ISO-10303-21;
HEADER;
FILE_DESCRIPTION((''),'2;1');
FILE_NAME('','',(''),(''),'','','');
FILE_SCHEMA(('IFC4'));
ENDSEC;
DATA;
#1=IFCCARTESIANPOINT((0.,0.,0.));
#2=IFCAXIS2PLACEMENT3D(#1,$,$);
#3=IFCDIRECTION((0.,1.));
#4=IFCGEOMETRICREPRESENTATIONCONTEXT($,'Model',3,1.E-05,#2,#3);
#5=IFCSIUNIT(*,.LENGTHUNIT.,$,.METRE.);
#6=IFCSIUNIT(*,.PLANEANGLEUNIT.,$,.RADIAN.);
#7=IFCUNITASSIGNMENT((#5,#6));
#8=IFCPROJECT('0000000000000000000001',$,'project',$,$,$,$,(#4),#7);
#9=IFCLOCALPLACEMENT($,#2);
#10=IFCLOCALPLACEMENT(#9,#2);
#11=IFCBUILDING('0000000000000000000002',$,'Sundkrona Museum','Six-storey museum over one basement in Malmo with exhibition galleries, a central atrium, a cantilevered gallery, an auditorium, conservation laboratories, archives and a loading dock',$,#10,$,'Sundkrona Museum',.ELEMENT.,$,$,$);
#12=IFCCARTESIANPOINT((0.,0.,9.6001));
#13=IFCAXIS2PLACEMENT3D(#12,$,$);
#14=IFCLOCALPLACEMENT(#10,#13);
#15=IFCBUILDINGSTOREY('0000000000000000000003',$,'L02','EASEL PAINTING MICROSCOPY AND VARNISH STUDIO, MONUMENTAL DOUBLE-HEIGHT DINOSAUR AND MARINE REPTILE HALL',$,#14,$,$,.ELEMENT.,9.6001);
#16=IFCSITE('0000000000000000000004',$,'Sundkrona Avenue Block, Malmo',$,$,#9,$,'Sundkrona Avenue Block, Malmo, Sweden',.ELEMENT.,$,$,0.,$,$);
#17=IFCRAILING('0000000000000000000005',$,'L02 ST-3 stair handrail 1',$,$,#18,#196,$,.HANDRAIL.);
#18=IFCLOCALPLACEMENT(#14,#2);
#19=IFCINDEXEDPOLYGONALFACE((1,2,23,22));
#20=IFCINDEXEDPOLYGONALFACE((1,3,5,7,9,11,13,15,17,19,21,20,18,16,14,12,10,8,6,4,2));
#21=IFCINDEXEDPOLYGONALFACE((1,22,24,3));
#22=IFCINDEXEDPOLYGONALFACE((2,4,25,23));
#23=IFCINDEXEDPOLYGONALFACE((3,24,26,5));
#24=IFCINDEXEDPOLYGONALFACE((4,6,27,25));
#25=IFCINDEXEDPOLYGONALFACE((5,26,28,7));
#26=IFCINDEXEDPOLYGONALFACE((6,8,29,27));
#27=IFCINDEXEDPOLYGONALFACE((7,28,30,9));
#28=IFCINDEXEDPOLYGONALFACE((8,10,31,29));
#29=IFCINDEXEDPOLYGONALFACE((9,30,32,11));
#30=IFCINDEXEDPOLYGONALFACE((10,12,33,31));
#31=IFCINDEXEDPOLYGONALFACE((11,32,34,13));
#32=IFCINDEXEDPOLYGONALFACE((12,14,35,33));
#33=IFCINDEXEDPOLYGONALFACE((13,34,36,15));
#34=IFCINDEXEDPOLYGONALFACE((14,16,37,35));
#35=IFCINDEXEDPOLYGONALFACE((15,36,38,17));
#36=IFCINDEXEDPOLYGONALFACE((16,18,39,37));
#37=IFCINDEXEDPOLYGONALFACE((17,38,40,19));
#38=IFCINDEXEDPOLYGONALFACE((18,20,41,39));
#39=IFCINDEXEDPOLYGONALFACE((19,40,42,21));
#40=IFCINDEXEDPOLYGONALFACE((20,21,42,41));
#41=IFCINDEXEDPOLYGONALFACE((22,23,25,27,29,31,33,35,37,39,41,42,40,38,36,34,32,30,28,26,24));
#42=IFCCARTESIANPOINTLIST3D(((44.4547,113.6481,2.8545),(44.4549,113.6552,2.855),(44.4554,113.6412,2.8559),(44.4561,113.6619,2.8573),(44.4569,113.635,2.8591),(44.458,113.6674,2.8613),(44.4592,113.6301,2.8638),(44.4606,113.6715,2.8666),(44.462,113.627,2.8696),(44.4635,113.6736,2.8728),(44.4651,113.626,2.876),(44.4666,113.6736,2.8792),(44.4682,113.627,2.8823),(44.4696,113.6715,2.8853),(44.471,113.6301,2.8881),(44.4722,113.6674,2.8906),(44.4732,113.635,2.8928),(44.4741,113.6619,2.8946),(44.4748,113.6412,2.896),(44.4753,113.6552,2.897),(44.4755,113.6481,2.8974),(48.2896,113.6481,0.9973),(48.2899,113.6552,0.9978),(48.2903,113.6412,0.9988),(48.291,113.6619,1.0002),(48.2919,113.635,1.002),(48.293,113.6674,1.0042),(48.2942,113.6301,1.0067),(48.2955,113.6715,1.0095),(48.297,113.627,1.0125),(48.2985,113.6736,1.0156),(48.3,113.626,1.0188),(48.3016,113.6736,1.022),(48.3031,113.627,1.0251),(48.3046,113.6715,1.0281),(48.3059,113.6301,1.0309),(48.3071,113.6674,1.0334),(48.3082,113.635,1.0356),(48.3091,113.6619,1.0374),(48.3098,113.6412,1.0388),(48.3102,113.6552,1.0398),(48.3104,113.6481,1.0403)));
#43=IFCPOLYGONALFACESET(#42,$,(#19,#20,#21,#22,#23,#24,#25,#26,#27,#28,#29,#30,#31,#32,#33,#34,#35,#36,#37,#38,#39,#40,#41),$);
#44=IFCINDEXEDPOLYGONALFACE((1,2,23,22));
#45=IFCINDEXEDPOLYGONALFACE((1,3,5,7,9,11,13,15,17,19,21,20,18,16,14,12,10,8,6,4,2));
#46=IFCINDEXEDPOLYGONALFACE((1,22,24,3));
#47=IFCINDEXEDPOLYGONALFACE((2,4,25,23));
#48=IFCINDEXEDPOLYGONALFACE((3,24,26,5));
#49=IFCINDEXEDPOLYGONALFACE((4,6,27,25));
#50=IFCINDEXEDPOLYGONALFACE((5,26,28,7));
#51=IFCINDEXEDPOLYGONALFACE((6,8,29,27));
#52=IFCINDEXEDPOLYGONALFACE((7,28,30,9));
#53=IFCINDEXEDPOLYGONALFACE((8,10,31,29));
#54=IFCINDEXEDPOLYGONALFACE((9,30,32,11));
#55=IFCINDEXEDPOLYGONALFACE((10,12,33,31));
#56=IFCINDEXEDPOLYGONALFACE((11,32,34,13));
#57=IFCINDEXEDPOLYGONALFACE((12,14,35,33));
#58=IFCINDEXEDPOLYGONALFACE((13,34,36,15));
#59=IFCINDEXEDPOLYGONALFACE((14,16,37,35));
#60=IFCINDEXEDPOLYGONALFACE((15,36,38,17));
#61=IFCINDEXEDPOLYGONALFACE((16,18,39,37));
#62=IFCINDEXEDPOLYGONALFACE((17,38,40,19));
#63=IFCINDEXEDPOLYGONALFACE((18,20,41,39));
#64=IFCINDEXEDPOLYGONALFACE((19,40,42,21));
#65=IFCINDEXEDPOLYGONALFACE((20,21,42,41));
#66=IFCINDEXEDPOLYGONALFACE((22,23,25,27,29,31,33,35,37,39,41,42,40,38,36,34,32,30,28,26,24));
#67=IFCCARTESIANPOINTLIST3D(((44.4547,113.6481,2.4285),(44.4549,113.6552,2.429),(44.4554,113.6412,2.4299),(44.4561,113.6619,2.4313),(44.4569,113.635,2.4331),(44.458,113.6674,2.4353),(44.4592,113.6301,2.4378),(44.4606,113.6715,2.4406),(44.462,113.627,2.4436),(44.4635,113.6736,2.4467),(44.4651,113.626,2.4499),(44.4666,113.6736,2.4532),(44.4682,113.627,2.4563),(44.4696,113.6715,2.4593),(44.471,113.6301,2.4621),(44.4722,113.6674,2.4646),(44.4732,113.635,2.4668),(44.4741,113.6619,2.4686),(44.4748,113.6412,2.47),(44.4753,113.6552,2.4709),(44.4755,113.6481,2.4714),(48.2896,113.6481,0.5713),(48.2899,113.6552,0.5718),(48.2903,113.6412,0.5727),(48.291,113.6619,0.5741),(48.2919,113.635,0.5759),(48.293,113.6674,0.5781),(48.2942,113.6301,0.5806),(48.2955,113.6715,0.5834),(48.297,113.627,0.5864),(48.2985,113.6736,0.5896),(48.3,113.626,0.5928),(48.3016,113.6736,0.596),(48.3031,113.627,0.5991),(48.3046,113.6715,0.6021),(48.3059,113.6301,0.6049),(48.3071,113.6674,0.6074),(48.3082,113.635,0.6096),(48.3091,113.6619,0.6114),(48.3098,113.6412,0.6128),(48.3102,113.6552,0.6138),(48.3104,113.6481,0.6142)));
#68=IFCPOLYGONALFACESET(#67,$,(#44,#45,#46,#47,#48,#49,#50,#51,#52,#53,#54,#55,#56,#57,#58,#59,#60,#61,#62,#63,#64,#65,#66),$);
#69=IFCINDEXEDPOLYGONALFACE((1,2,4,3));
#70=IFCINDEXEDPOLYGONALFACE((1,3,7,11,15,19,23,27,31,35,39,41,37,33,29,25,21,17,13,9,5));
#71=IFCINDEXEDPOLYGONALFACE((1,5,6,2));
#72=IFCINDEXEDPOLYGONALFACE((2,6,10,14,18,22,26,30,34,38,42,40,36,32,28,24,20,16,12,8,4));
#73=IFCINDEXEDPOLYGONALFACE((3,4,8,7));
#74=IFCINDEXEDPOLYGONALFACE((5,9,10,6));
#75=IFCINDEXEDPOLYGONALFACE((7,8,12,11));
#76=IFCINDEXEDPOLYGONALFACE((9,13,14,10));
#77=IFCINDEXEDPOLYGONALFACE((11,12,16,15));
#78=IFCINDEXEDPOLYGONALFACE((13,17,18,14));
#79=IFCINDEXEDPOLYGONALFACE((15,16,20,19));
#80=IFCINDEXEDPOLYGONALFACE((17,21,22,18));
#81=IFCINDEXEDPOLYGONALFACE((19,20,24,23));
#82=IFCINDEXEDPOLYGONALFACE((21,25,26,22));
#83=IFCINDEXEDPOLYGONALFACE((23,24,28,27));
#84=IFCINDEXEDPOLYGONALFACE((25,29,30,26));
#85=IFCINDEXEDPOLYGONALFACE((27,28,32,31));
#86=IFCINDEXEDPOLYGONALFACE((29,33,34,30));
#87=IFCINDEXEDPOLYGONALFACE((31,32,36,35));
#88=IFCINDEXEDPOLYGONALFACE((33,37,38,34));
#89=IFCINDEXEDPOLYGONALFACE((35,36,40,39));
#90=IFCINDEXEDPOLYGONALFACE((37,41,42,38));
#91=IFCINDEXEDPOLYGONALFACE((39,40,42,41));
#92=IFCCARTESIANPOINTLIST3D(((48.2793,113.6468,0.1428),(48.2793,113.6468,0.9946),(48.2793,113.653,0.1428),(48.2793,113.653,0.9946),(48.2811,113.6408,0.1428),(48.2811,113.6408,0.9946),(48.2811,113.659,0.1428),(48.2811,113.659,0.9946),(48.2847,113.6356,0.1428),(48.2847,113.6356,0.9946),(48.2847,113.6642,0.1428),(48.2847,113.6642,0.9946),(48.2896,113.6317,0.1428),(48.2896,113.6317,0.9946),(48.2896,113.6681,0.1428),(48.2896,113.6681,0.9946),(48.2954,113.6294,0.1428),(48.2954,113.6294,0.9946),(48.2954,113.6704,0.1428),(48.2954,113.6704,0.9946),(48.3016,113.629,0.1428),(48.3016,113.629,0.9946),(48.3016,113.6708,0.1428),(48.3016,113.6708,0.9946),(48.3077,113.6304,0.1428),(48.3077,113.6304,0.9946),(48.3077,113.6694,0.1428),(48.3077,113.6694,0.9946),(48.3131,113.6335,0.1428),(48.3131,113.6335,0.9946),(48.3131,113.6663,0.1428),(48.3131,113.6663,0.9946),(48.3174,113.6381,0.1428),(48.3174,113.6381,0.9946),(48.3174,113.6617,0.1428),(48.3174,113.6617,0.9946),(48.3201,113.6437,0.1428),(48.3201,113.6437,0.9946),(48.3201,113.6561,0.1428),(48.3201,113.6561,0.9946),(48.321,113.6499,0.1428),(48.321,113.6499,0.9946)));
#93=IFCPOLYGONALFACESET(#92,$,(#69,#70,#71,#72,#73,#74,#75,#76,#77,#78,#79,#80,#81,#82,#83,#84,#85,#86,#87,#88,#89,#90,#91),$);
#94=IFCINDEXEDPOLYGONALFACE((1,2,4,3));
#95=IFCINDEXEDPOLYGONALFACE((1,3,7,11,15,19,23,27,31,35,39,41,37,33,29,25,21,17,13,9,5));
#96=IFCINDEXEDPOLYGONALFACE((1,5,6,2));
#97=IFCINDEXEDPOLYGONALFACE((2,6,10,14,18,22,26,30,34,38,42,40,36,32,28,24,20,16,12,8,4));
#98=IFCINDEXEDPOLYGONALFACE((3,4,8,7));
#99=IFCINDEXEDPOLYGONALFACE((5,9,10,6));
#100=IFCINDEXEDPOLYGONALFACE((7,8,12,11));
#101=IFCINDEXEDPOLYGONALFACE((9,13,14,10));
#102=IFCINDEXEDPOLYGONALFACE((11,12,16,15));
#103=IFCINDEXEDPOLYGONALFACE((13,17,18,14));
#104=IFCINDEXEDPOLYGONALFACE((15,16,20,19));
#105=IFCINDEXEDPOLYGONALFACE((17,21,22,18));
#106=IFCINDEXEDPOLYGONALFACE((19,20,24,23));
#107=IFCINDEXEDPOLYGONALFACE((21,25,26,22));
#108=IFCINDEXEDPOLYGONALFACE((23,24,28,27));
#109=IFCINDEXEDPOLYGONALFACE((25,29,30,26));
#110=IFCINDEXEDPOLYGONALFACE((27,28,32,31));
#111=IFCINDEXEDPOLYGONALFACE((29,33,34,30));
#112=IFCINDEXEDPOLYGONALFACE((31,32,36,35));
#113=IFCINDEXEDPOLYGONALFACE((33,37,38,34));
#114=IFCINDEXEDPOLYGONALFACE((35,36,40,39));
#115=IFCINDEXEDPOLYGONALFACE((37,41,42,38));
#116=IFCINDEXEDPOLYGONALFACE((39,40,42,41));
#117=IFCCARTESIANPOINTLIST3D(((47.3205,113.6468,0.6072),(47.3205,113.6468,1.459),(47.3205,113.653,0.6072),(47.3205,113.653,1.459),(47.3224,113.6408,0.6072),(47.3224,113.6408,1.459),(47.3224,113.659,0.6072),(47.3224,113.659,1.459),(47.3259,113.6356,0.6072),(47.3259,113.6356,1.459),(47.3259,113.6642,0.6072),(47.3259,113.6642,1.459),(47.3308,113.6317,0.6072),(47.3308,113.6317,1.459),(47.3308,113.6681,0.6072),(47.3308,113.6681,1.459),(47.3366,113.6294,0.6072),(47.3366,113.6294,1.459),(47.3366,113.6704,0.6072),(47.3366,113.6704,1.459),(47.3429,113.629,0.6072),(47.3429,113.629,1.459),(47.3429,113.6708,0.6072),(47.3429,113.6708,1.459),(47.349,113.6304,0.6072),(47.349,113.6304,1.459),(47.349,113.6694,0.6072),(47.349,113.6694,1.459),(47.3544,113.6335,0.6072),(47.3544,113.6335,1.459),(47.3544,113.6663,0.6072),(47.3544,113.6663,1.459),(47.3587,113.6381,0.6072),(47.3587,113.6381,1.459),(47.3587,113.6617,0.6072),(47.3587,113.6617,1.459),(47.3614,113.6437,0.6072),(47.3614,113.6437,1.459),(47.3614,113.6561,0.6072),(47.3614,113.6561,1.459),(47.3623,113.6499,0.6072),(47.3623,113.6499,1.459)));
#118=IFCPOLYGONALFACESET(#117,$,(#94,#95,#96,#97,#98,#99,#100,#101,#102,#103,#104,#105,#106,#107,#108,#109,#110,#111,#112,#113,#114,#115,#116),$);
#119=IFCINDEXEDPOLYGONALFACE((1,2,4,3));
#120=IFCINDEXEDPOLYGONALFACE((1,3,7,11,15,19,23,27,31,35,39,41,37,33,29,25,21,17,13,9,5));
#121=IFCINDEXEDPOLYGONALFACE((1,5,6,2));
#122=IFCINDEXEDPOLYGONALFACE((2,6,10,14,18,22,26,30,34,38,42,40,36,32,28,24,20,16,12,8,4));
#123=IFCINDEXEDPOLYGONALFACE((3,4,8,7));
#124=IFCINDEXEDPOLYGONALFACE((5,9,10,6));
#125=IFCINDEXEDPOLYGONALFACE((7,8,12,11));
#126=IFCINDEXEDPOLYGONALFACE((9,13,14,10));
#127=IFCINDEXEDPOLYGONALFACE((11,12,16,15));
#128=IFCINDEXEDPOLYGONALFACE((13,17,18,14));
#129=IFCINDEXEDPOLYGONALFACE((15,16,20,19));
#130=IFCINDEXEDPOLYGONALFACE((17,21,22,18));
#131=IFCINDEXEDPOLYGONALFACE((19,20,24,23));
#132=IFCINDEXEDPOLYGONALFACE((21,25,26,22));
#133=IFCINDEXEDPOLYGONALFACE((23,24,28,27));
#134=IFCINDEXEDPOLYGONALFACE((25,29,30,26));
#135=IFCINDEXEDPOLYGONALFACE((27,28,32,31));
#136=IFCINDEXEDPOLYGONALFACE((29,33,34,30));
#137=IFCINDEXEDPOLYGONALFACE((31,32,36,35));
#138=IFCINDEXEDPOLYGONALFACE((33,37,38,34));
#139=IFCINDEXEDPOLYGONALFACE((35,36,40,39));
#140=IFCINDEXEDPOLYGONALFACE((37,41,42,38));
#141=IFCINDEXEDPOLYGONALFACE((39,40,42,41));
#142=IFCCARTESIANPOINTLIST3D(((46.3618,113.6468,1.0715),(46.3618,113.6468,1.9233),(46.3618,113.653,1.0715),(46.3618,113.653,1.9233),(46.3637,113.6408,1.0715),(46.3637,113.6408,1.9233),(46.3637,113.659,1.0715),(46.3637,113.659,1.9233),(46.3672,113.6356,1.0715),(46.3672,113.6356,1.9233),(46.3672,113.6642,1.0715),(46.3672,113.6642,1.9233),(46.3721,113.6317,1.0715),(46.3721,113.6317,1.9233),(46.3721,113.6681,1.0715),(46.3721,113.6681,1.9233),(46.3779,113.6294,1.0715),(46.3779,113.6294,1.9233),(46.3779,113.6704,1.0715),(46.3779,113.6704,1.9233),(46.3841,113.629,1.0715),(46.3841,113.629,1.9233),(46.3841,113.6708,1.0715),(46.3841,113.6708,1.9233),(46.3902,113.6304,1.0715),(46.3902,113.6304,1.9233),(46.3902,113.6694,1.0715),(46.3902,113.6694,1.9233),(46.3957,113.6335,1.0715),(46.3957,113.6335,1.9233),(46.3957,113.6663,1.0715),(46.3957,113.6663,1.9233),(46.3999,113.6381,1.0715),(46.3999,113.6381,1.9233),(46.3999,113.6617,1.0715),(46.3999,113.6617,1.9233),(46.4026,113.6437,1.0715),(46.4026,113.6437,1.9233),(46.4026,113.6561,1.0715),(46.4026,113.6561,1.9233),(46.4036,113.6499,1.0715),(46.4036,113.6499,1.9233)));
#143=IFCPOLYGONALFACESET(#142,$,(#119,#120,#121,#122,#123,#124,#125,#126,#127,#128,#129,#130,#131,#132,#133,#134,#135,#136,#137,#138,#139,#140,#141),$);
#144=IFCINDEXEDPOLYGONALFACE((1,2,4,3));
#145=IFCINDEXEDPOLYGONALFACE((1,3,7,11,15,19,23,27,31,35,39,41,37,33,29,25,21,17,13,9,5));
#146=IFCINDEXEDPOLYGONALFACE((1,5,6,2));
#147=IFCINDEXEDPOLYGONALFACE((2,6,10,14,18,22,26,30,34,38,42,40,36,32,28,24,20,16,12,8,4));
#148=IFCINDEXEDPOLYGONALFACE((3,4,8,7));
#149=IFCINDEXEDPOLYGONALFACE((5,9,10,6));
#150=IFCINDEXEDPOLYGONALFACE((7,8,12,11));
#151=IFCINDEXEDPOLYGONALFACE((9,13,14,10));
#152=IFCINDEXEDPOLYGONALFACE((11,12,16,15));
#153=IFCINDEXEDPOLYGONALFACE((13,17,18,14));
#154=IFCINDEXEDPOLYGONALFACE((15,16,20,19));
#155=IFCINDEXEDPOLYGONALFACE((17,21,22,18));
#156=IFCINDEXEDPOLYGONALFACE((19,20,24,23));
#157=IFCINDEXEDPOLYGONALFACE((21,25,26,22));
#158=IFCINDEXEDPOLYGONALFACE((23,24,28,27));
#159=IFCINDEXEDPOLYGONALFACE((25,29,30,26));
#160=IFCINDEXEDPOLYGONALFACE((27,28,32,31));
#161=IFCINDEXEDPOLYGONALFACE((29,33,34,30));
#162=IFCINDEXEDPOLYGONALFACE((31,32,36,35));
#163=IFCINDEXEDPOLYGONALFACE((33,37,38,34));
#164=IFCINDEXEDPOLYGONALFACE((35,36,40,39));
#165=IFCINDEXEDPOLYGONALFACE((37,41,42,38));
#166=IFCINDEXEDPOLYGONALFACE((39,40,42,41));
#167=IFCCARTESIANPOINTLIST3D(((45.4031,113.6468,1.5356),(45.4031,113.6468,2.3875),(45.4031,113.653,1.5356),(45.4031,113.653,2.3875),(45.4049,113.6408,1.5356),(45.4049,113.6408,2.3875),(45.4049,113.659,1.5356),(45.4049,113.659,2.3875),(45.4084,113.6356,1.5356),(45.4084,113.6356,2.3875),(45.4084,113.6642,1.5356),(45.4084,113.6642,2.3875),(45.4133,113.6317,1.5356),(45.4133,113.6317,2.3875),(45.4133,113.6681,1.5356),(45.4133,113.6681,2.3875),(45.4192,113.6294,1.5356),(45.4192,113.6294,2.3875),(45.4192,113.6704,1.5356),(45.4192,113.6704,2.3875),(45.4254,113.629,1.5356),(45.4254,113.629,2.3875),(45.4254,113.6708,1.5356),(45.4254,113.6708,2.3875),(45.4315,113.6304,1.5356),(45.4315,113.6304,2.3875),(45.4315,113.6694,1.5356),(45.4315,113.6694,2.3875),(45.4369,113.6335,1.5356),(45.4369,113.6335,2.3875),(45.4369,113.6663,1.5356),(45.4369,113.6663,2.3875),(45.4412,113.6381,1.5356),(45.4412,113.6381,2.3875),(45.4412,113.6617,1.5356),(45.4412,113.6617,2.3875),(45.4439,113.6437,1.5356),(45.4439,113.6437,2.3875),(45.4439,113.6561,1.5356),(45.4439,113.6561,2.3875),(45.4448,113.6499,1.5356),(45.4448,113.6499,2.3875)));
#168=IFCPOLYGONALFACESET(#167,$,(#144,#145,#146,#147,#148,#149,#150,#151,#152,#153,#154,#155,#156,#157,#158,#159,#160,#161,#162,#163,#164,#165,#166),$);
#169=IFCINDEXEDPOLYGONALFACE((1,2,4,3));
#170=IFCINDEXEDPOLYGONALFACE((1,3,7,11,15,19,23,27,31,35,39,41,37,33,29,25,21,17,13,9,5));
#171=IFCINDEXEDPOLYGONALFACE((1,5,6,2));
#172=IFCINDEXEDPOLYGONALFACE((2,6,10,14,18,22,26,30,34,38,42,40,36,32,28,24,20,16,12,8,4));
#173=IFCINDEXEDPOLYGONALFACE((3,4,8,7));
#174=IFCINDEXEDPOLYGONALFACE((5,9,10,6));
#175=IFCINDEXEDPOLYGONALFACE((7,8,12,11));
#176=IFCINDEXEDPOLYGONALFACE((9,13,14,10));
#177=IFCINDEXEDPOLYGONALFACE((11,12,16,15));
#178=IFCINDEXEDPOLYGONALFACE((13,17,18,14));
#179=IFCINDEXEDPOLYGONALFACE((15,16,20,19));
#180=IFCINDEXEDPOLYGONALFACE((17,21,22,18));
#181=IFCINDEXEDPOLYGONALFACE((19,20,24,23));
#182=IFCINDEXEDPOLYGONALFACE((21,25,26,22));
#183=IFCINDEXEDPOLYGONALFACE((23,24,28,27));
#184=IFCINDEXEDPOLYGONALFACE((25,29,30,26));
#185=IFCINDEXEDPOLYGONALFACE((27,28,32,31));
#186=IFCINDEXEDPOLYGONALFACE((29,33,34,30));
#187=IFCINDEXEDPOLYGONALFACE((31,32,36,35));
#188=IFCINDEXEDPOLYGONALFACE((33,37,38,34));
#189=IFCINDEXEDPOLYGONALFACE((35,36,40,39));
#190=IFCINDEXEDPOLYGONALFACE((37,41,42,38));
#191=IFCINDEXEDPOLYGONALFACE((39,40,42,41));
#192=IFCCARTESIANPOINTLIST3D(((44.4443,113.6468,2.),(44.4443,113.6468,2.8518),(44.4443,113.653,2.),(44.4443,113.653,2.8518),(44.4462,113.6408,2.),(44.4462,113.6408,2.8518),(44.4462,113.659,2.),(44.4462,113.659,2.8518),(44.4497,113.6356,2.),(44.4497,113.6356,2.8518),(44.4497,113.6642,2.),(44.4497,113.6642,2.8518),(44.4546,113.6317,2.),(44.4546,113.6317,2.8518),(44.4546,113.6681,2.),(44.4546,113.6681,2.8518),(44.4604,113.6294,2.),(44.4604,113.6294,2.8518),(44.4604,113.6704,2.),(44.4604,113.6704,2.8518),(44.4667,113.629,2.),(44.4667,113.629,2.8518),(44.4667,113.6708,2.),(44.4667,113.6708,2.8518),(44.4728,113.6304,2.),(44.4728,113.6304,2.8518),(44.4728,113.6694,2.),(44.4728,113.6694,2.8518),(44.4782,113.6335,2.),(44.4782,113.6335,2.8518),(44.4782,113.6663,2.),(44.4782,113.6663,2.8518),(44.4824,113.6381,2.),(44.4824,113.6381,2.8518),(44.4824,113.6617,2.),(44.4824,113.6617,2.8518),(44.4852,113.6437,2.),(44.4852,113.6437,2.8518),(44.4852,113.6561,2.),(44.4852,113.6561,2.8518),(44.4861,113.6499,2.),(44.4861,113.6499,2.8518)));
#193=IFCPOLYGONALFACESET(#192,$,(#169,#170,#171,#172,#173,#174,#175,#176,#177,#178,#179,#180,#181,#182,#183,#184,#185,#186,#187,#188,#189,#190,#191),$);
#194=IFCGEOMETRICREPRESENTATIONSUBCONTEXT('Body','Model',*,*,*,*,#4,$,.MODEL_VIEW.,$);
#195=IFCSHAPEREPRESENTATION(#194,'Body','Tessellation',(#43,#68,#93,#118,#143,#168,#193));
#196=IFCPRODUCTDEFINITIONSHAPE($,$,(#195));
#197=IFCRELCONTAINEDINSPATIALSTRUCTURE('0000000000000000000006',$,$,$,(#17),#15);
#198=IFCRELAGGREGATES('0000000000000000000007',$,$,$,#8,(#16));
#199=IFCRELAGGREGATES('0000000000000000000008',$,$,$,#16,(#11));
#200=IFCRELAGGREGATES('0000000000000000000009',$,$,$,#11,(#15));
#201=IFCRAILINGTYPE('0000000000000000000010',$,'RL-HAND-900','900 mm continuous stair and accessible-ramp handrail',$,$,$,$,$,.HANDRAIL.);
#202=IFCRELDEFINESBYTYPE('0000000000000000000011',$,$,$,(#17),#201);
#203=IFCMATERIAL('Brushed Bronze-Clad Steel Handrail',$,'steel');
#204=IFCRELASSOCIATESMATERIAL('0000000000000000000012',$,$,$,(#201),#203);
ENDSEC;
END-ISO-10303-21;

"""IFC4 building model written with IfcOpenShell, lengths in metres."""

from ifc_helpers import new_model, si_unit, direction, frame, origin, origin_2d, place, context, subcontext, project, spatial, circle, extrude, material, type_object, element, save


model = new_model("IFC4")

# Units and contexts
model_context = context("Model", 3, precision=1e-05, world=origin(), true_north=direction((0.0, 1.0)))
body_context = subcontext(model_context, "Body", "Model", "MODEL_VIEW")
ifc_project = project(units=[si_unit("LENGTHUNIT", "METRE"), si_unit("PLANEANGLEUNIT", "RADIAN")], contexts=[model_context])

# Site, building, storey
site_placement = place(None, origin())
site = spatial("IfcSite", under=ifc_project, at=site_placement, Name="Sundkrona Avenue Block, Malmo", LongName="Sundkrona Avenue Block, Malmo, Sweden", CompositionType="ELEMENT", RefElevation=0.0)
building_placement = place(site_placement, origin())
building = spatial("IfcBuilding", under=site, at=building_placement, Name="Sundkrona Museum", Description="Six-storey museum over one basement in Malmo with exhibition galleries, a central atrium, a cantilevered gallery, an auditorium, conservation laboratories, archives and a loading dock", LongName="Sundkrona Museum", CompositionType="ELEMENT")
storey_placement = place(building_placement, frame((0.0, 0.0, 9.6001)))
storey = spatial("IfcBuildingStorey", under=building, at=storey_placement, Name="L02", Description="EASEL PAINTING MICROSCOPY AND VARNISH STUDIO, MONUMENTAL DOUBLE-HEIGHT DINOSAUR AND MARINE REPTILE HALL", CompositionType="ELEMENT", Elevation=9.6001)

# Railing
ifc_material_1 = material(Name="Brushed Bronze-Clad Steel Handrail", Category="steel")
railing_type_1 = type_object("IfcRailingType", Name="RL-HAND-900", Description="900 mm continuous stair and accessible-ramp handrail", PredefinedType="HANDRAIL", material=ifc_material_1)
for number, where, name in (
    (1, (48.3, 113.6499, 0.1428), "L02 ST-3 stair handrail 1"),
):
    element("IfcRailing", number, at=place(storey_placement, frame(where)), inside=storey, type_object=railing_type_1, Name=name, PredefinedType="HANDRAIL", context=body_context, shape_type="SweptSolid", body=[
        extrude(circle(Radius=0.0239, at=origin_2d()), frame((0.0, 0.0, 0.876), z_axis=(-0.900016, 0.0, 0.435856), x_axis=(0.0, -1.0, 0.0)), (0.0, 0.0, 1.0), 4.261),
        extrude(circle(Radius=0.0239, at=origin_2d()), frame((0.0, 0.0, 0.45), z_axis=(-0.900016, 0.0, 0.435856), x_axis=(0.0, -1.0, 0.0)), (0.0, 0.0, 1.0), 4.261),
        extrude(circle(Radius=0.021, at=origin_2d()), origin(), (0.0, 0.0, 1.0), 0.8518),
        extrude(circle(Radius=0.021, at=origin_2d()), frame((-0.9587, 0.0, 0.4644)), (0.0, 0.0, 1.0), 0.8518),
        extrude(circle(Radius=0.021, at=origin_2d()), frame((-1.9175, 0.0, 0.9287)), (0.0, 0.0, 1.0), 0.8518),
        extrude(circle(Radius=0.021, at=origin_2d()), frame((-2.8762, 0.0, 1.3928)), (0.0, 0.0, 1.0), 0.8518),
        extrude(circle(Radius=0.021, at=origin_2d()), frame((-3.835, 0.0, 1.8572)), (0.0, 0.0, 1.0), 0.8518),
    ])

save(model, "model.ifc")
